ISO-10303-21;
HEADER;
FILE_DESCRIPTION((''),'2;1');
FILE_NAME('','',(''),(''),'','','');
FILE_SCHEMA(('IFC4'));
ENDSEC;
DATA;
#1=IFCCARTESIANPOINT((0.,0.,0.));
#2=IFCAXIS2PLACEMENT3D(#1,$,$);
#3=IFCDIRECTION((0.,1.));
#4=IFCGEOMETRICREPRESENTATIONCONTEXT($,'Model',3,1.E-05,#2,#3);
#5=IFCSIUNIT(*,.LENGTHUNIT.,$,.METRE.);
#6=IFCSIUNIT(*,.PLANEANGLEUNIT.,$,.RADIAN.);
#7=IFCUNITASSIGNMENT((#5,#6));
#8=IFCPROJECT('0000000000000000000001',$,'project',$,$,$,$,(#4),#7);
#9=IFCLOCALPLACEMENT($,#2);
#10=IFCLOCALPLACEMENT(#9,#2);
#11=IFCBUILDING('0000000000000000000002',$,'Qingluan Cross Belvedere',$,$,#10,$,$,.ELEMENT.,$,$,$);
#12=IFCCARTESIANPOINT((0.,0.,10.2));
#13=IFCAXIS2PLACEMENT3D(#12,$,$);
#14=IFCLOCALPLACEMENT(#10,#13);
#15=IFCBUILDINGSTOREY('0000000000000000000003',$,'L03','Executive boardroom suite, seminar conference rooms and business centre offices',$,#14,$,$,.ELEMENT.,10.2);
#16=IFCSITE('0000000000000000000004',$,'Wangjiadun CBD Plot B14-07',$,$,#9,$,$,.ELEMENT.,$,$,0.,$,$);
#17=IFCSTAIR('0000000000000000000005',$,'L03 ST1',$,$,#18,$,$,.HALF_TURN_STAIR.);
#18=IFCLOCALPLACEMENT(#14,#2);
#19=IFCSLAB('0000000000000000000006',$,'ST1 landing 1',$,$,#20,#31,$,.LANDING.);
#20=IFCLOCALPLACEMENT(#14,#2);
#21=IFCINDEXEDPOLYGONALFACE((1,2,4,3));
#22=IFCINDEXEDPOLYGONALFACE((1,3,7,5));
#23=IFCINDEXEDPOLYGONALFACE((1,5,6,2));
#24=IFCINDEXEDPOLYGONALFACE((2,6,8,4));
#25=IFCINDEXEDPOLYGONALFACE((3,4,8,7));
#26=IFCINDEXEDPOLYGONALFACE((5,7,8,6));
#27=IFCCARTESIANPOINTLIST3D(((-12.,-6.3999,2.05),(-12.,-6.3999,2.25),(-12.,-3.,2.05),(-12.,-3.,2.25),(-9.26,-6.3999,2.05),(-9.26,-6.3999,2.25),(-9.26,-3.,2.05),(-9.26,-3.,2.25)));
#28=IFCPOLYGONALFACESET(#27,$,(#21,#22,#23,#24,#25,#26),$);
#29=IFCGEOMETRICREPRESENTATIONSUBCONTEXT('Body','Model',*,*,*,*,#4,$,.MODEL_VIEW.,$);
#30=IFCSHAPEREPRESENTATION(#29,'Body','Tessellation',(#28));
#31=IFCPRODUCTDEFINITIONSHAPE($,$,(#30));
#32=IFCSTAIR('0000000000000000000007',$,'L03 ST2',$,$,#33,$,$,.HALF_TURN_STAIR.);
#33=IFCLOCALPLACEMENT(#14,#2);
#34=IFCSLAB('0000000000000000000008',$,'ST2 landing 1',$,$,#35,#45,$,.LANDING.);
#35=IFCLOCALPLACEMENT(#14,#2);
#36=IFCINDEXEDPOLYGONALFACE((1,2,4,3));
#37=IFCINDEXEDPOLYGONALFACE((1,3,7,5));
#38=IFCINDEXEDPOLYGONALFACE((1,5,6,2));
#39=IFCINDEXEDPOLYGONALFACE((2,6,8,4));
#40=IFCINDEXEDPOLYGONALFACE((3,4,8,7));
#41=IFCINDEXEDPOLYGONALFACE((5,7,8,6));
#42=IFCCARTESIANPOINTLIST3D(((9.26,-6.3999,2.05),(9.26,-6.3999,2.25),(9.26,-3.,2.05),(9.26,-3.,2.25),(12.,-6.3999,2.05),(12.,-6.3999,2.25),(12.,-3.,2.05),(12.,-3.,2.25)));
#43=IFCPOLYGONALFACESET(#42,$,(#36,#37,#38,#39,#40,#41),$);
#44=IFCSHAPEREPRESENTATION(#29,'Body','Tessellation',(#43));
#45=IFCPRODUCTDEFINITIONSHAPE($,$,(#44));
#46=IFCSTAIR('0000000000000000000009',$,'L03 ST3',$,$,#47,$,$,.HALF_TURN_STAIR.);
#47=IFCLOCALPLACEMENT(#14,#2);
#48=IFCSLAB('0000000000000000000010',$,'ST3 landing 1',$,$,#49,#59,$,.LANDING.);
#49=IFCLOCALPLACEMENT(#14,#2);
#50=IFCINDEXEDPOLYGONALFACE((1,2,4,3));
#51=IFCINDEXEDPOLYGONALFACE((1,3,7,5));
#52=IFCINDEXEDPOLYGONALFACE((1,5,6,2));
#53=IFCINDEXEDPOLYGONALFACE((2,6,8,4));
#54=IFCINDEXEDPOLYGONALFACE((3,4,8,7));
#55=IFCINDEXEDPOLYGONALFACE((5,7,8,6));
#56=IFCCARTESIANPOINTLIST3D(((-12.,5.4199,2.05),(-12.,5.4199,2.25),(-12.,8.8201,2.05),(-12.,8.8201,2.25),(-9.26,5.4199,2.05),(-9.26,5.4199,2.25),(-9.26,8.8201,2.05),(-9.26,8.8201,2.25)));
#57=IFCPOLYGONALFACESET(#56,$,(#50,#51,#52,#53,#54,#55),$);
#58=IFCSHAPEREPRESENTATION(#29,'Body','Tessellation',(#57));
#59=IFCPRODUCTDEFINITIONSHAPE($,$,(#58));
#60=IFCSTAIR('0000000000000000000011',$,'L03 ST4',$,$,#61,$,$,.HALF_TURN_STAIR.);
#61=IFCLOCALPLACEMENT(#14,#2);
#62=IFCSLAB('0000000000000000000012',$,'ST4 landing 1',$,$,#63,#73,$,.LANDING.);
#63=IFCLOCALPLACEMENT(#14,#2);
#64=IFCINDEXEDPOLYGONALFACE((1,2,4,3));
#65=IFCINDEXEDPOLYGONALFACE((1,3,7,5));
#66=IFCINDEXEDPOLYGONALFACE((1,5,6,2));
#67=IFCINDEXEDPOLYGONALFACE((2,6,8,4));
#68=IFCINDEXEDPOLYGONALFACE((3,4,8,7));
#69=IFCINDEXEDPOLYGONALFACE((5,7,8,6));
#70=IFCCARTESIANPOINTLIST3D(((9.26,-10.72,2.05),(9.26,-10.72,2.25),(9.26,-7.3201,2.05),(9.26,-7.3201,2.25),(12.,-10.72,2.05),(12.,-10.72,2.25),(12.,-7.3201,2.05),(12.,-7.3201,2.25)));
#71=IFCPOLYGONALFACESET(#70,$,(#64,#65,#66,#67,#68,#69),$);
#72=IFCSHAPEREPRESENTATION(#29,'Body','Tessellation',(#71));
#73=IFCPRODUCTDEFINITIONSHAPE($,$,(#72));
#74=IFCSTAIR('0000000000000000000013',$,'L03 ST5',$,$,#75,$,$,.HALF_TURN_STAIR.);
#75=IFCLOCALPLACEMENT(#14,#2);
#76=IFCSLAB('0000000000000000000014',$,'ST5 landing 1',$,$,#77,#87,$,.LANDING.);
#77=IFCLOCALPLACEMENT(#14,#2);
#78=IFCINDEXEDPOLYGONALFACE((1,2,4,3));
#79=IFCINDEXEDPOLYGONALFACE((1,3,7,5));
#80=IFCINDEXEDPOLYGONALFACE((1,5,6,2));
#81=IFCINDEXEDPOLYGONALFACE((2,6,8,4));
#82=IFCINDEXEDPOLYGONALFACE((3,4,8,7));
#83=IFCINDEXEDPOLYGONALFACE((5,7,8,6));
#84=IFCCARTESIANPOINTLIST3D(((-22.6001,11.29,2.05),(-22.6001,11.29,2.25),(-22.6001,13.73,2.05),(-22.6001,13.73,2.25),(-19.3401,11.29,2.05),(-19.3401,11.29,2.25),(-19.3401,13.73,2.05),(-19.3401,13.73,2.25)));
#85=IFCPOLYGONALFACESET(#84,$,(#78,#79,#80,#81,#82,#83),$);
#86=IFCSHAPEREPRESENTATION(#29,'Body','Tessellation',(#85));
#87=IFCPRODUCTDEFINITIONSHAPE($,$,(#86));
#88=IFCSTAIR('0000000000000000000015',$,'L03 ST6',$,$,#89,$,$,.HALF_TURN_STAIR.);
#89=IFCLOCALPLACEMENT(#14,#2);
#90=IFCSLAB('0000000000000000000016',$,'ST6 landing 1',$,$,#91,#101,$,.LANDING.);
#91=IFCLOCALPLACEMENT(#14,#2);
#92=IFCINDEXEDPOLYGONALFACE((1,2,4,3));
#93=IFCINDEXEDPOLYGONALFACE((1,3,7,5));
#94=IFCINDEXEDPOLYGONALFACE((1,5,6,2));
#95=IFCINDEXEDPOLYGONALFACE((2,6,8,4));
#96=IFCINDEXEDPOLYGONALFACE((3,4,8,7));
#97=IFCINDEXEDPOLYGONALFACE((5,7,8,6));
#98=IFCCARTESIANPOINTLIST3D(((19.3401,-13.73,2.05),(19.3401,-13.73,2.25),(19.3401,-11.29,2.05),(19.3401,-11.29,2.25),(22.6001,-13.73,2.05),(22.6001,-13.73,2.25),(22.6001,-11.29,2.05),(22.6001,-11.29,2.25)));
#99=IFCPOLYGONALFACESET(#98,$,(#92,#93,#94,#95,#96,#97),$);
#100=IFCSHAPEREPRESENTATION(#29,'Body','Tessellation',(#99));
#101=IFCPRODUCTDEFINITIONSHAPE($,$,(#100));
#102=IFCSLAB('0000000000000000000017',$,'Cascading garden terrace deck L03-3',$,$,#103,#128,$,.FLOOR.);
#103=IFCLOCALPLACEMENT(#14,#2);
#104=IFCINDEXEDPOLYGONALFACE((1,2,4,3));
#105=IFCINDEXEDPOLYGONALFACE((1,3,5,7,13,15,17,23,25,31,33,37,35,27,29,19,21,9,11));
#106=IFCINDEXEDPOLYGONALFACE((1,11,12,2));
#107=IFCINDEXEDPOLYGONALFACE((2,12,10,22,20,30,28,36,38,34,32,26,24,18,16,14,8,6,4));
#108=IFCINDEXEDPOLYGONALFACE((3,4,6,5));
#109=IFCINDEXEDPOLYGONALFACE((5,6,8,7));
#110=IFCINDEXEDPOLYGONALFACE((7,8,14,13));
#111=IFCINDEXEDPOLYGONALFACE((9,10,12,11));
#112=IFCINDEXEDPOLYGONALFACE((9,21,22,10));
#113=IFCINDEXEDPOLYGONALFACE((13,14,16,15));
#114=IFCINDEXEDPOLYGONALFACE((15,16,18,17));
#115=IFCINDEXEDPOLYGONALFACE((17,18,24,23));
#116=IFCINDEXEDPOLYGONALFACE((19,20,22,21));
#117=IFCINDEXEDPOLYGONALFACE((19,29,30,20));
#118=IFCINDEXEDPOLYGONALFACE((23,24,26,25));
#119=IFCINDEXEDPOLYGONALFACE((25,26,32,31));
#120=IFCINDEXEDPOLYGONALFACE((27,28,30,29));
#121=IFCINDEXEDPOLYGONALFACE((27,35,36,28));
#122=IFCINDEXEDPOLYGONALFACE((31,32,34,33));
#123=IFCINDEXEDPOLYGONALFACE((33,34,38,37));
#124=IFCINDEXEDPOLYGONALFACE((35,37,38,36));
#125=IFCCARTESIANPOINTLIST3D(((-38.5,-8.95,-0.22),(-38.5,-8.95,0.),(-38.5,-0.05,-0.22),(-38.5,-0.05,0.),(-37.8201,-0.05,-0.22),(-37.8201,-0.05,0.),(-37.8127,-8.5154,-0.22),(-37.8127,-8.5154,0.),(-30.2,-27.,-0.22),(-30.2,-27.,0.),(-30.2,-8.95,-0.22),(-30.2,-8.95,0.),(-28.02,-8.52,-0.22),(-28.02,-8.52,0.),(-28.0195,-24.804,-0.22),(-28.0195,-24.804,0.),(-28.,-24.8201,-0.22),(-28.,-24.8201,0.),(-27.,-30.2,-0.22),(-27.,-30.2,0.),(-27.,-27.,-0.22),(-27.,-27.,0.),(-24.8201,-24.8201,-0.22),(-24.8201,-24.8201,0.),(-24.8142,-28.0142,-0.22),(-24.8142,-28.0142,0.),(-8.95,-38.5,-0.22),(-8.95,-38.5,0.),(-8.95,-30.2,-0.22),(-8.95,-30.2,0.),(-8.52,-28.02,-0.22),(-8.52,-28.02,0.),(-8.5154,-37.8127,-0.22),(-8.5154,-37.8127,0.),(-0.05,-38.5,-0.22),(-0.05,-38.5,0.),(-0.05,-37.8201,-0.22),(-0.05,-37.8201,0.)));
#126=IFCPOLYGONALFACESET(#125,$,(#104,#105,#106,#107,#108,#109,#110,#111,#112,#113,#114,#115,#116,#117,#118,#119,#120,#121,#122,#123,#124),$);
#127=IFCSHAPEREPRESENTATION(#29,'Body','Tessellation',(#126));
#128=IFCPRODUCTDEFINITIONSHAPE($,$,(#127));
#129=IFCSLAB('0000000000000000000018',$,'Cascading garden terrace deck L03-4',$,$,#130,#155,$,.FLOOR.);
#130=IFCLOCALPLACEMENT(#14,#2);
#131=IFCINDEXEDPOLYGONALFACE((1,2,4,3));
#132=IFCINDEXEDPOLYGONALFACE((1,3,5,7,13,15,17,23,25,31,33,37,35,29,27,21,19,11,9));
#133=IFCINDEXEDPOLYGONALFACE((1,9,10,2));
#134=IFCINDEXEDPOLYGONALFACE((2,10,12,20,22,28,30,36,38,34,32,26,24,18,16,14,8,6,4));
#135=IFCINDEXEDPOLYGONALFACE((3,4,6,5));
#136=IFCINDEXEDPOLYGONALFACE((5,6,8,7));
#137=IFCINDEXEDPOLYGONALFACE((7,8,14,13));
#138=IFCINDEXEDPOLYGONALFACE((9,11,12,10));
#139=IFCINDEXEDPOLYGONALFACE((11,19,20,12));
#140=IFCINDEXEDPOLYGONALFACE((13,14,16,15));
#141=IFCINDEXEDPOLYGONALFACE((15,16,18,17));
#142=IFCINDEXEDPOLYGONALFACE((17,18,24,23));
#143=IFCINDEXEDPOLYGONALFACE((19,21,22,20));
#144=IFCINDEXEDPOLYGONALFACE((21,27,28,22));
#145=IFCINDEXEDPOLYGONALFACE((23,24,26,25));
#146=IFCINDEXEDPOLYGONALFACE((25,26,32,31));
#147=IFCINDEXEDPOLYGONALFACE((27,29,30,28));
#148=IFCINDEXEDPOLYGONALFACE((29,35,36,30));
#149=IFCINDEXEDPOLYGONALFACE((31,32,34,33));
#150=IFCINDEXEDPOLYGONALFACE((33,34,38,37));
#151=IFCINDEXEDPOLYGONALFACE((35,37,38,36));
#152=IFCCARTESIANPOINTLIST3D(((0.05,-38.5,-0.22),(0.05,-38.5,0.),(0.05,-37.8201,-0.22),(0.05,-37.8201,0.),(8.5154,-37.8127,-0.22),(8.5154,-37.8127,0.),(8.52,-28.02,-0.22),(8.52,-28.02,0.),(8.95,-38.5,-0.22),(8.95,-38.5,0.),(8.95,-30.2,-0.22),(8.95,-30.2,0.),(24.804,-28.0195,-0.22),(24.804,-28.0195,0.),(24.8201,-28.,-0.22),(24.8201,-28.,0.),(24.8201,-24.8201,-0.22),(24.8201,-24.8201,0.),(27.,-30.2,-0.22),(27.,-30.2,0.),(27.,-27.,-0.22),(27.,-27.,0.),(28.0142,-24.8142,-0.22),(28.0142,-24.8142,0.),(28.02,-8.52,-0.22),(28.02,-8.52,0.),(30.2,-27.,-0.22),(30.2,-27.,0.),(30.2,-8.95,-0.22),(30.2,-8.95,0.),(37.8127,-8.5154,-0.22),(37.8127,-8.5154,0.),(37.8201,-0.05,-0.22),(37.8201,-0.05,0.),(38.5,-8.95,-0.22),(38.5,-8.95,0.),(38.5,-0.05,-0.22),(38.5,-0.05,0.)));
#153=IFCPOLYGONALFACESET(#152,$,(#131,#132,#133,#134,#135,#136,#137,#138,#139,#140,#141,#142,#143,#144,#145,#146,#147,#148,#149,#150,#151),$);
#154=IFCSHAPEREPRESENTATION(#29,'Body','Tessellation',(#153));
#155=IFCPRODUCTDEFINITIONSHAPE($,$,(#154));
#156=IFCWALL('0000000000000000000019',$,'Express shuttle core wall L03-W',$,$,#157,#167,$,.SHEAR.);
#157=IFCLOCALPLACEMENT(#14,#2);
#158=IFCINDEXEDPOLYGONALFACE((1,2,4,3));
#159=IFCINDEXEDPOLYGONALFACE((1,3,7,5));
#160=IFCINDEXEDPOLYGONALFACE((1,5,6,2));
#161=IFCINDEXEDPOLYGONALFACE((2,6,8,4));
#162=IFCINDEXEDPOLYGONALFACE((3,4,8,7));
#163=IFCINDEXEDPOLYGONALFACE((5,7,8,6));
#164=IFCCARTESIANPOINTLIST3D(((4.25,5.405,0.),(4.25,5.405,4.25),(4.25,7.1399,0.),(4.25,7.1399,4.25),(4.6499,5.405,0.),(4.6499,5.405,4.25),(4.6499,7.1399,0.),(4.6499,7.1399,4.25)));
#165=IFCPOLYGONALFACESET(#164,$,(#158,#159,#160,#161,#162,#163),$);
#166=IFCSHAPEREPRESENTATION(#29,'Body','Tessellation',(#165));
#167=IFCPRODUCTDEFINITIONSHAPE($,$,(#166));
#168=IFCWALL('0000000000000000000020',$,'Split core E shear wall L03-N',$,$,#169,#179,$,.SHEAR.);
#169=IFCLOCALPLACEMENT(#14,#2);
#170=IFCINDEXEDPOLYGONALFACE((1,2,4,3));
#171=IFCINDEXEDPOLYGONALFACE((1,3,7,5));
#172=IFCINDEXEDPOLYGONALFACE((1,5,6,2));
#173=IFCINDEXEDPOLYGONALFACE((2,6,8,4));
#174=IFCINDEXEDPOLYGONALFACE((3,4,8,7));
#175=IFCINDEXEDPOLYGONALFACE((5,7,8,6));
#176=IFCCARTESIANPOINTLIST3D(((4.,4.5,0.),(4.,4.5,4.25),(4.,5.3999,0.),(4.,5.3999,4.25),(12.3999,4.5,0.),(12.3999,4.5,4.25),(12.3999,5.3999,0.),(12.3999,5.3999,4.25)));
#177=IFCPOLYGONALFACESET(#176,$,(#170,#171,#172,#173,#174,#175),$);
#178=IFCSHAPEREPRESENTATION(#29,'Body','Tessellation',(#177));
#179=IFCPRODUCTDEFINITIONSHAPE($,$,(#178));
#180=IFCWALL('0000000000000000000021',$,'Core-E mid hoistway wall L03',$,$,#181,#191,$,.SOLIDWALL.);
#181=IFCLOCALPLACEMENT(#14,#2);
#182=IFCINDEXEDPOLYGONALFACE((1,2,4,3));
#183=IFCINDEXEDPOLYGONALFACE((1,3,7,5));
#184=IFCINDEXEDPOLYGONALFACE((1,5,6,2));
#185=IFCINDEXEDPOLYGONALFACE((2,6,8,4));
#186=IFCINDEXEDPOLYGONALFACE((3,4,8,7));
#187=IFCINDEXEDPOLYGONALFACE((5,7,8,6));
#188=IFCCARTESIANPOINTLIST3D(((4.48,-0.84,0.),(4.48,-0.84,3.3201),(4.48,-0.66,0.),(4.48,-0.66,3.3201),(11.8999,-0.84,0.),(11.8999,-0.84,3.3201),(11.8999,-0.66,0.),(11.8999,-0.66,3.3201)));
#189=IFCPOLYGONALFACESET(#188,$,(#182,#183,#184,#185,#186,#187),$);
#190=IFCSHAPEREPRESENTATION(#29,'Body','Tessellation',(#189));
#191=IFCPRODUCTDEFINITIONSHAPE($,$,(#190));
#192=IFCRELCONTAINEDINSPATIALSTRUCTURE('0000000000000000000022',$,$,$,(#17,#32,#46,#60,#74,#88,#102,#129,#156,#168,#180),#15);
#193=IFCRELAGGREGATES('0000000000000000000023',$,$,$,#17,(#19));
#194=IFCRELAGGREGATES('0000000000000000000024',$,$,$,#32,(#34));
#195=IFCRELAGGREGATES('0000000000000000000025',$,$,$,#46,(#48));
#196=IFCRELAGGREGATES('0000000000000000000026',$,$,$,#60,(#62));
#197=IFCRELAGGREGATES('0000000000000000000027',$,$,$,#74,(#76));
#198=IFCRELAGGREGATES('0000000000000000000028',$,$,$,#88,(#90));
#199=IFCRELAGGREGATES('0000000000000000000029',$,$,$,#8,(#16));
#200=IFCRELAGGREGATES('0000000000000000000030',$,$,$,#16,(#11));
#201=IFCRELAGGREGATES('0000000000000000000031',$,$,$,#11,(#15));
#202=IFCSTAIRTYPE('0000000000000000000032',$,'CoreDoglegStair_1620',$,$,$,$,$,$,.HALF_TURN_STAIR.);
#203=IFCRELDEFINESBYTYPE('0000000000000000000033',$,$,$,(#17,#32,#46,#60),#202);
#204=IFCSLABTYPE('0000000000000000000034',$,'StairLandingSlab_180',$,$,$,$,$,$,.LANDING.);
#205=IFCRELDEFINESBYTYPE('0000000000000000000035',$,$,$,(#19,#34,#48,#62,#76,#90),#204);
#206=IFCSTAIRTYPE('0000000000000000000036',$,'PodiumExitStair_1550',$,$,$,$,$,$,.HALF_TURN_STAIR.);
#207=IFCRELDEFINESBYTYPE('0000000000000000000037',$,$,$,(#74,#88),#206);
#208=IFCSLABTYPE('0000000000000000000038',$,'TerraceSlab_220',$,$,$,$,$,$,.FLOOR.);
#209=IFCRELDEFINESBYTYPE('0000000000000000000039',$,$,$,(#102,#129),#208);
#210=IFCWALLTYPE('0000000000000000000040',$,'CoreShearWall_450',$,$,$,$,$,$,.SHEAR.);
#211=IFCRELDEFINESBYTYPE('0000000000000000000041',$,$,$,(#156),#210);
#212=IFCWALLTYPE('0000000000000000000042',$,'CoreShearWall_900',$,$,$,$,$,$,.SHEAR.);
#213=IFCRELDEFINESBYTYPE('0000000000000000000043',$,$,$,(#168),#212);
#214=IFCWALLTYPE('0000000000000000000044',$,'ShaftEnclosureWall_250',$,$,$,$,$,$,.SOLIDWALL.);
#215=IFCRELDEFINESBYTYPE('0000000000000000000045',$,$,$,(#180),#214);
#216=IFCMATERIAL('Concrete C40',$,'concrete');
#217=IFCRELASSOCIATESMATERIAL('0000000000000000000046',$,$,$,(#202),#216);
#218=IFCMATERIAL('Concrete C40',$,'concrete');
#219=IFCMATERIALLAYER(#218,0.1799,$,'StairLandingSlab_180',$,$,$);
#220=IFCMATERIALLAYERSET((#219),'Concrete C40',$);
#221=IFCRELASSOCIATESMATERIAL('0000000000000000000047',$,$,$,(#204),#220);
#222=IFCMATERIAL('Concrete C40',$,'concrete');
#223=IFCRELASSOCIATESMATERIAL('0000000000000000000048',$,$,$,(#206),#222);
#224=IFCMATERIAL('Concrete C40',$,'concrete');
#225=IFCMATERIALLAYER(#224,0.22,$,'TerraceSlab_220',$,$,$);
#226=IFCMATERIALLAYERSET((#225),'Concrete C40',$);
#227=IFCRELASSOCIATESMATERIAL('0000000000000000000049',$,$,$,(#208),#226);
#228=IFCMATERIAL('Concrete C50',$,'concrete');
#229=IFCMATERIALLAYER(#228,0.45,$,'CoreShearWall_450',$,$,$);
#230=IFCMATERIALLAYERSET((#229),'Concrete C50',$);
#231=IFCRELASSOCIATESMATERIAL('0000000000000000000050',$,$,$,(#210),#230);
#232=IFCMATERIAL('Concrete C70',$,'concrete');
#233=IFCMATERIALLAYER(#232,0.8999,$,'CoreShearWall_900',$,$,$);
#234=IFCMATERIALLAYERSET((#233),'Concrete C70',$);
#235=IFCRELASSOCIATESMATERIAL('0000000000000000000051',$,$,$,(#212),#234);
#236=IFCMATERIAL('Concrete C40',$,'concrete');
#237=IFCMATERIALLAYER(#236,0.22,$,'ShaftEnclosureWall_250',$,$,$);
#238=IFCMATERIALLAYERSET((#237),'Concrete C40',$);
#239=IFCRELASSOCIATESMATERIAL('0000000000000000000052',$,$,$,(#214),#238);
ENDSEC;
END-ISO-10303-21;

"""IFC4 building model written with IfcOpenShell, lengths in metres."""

from ifc_helpers import new_model, si_unit, direction, frame, frame_2d, origin, place, context, subcontext, project, spatial, polyline, rectangle, outline, extrude, material, layer, layer_set, type_object, element, aggregate, save


model = new_model("IFC4")

# Units and contexts
model_context = context("Model", 3, precision=1e-05, world=origin(), true_north=direction((0.0, 1.0)))
body_context = subcontext(model_context, "Body", "Model", "MODEL_VIEW")
ifc_project = project(units=[si_unit("LENGTHUNIT", "METRE"), si_unit("PLANEANGLEUNIT", "RADIAN")], contexts=[model_context])

# Site, building, storey
site_placement = place(None, origin())
site = spatial("IfcSite", under=ifc_project, at=site_placement, Name="Wangjiadun CBD Plot B14-07", CompositionType="ELEMENT", RefElevation=0.0)
building_placement = place(site_placement, origin())
building = spatial("IfcBuilding", under=site, at=building_placement, Name="Qingluan Cross Belvedere", CompositionType="ELEMENT")
storey_placement = place(building_placement, frame((0.0, 0.0, 10.2)))
storey = spatial("IfcBuildingStorey", under=building, at=storey_placement, Name="L03", Description="Executive boardroom suite, seminar conference rooms and business centre offices", CompositionType="ELEMENT", Elevation=10.2)

# Stairs, slabs
ifc_material_1 = material(Name="Concrete C40", Category="concrete")
stair_type_1 = type_object("IfcStairType", Name="CoreDoglegStair_1620", PredefinedType="HALF_TURN_STAIR", material=ifc_material_1)
stair_1_placement = place(storey_placement, origin())
stair_1 = element("IfcStair", 1, at=stair_1_placement, inside=storey, type_object=stair_type_1, Name="L03 ST1", PredefinedType="HALF_TURN_STAIR")
ifc_material_2 = material(Name="Concrete C40", Category="concrete")
ifc_layer_1 = layer(ifc_material_2, 0.1799, Name="StairLandingSlab_180")
ifc_layer_set_1 = layer_set([ifc_layer_1], Name="Concrete C40")
slab_type_1 = type_object("IfcSlabType", Name="StairLandingSlab_180", PredefinedType="LANDING", material=ifc_layer_set_1)
slab_1_placement = place(storey_placement, frame((0.0, 0.0, 2.05)))
slab_1 = element("IfcSlab", 2, at=slab_1_placement, type_object=slab_type_1, Name="ST1 landing 1", PredefinedType="LANDING", context=body_context, shape_type="SweptSolid", body=[
    extrude(outline(polyline([(-9.26, -3.0), (-12.0, -3.0), (-12.0, -6.3999), (-9.26, -6.3999), (-9.26, -3.0)])), origin(), (0.0, 0.0, 1.0), 0.2),
])
aggregate(stair_1, [slab_1])
stair_2_placement = place(storey_placement, origin())
stair_2 = element("IfcStair", 3, at=stair_2_placement, inside=storey, type_object=stair_type_1, Name="L03 ST2", PredefinedType="HALF_TURN_STAIR")
slab_2_placement = place(storey_placement, frame((0.0, 0.0, 2.05)))
slab_2 = element("IfcSlab", 4, at=slab_2_placement, type_object=slab_type_1, Name="ST2 landing 1", PredefinedType="LANDING", context=body_context, shape_type="SweptSolid", body=[
    extrude(outline(polyline([(9.26, -6.3999), (12.0, -6.3999), (12.0, -3.0), (9.26, -3.0), (9.26, -6.3999)])), origin(), (0.0, 0.0, 1.0), 0.2),
])
aggregate(stair_2, [slab_2])
stair_3_placement = place(storey_placement, origin())
stair_3 = element("IfcStair", 5, at=stair_3_placement, inside=storey, type_object=stair_type_1, Name="L03 ST3", PredefinedType="HALF_TURN_STAIR")
slab_3_placement = place(storey_placement, frame((0.0, 0.0, 2.05)))
slab_3 = element("IfcSlab", 6, at=slab_3_placement, type_object=slab_type_1, Name="ST3 landing 1", PredefinedType="LANDING", context=body_context, shape_type="SweptSolid", body=[
    extrude(outline(polyline([(-9.26, 8.8201), (-12.0, 8.8201), (-12.0, 5.4199), (-9.26, 5.4199), (-9.26, 8.8201)])), origin(), (0.0, 0.0, 1.0), 0.2),
])
aggregate(stair_3, [slab_3])
stair_4_placement = place(storey_placement, origin())
stair_4 = element("IfcStair", 7, at=stair_4_placement, inside=storey, type_object=stair_type_1, Name="L03 ST4", PredefinedType="HALF_TURN_STAIR")
slab_4_placement = place(storey_placement, frame((0.0, 0.0, 2.05)))
slab_4 = element("IfcSlab", 8, at=slab_4_placement, type_object=slab_type_1, Name="ST4 landing 1", PredefinedType="LANDING", context=body_context, shape_type="SweptSolid", body=[
    extrude(outline(polyline([(9.26, -10.72), (12.0, -10.72), (12.0, -7.3201), (9.26, -7.3201), (9.26, -10.72)])), origin(), (0.0, 0.0, 1.0), 0.2),
])
aggregate(stair_4, [slab_4])
ifc_material_3 = material(Name="Concrete C40", Category="concrete")
stair_type_2 = type_object("IfcStairType", Name="PodiumExitStair_1550", PredefinedType="HALF_TURN_STAIR", material=ifc_material_3)
stair_5_placement = place(storey_placement, origin())
stair_5 = element("IfcStair", 9, at=stair_5_placement, inside=storey, type_object=stair_type_2, Name="L03 ST5", PredefinedType="HALF_TURN_STAIR")
slab_5_placement = place(storey_placement, frame((0.0, 0.0, 2.05)))
slab_5 = element("IfcSlab", 10, at=slab_5_placement, type_object=slab_type_1, Name="ST5 landing 1", PredefinedType="LANDING", context=body_context, shape_type="SweptSolid", body=[
    extrude(outline(polyline([(-19.3401, 11.29), (-19.3401, 13.73), (-22.6001, 13.73), (-22.6001, 11.29), (-19.3401, 11.29)])), origin(), (0.0, 0.0, 1.0), 0.2),
])
aggregate(stair_5, [slab_5])
stair_6_placement = place(storey_placement, origin())
stair_6 = element("IfcStair", 11, at=stair_6_placement, inside=storey, type_object=stair_type_2, Name="L03 ST6", PredefinedType="HALF_TURN_STAIR")
slab_6_placement = place(storey_placement, frame((0.0, 0.0, 2.05)))
slab_6 = element("IfcSlab", 12, at=slab_6_placement, type_object=slab_type_1, Name="ST6 landing 1", PredefinedType="LANDING", context=body_context, shape_type="SweptSolid", body=[
    extrude(outline(polyline([(19.3401, -11.29), (19.3401, -13.73), (22.6001, -13.73), (22.6001, -11.29), (19.3401, -11.29)])), origin(), (0.0, 0.0, 1.0), 0.2),
])
aggregate(stair_6, [slab_6])

# Slabs
ifc_material_4 = material(Name="Concrete C40", Category="concrete")
ifc_layer_2 = layer(ifc_material_4, 0.22, Name="TerraceSlab_220")
ifc_layer_set_2 = layer_set([ifc_layer_2], Name="Concrete C40")
slab_type_2 = type_object("IfcSlabType", Name="TerraceSlab_220", PredefinedType="FLOOR", material=ifc_layer_set_2)
slab_7_placement = place(storey_placement, frame((0.0, 0.0, -0.22)))
element("IfcSlab", 13, at=slab_7_placement, inside=storey, type_object=slab_type_2, Name="Cascading garden terrace deck L03-3", PredefinedType="FLOOR", context=body_context, shape_type="SweptSolid", body=[
    extrude(outline(polyline([(-0.05, -38.5), (-0.05, -37.8201), (-8.5154, -37.8127), (-8.52, -28.02), (-24.8142, -28.0142), (-24.8201, -24.8201), (-28.0, -24.8201), (-28.0195, -24.804), (-28.02, -8.52), (-37.8127, -8.5154), (-37.8201, -0.05), (-38.5, -0.05), (-38.5, -8.95), (-30.2, -8.95), (-30.2, -27.0), (-27.0, -27.0), (-27.0, -30.2), (-8.95, -30.2), (-8.95, -38.5), (-0.05, -38.5)])), origin(), (0.0, 0.0, 1.0), 0.22),
])
slab_8_placement = place(storey_placement, frame((0.0, 0.0, -0.22)))
element("IfcSlab", 14, at=slab_8_placement, inside=storey, type_object=slab_type_2, Name="Cascading garden terrace deck L03-4", PredefinedType="FLOOR", context=body_context, shape_type="SweptSolid", body=[
    extrude(outline(polyline([(8.95, -38.5), (8.95, -30.2), (27.0, -30.2), (27.0, -27.0), (30.2, -27.0), (30.2, -8.95), (38.5, -8.95), (38.5, -0.05), (37.8201, -0.05), (37.8127, -8.5154), (28.02, -8.52), (28.0142, -24.8142), (24.8201, -24.8201), (24.8201, -28.0), (24.804, -28.0195), (8.52, -28.02), (8.5154, -37.8127), (0.05, -37.8201), (0.05, -38.5), (8.95, -38.5)])), origin(), (0.0, 0.0, 1.0), 0.22),
])

# Walls
ifc_material_5 = material(Name="Concrete C50", Category="concrete")
ifc_layer_3 = layer(ifc_material_5, 0.45, Name="CoreShearWall_450")
ifc_layer_set_3 = layer_set([ifc_layer_3], Name="Concrete C50")
wall_type_1 = type_object("IfcWallType", Name="CoreShearWall_450", PredefinedType="SHEAR", material=ifc_layer_set_3)
wall_1_placement = place(storey_placement, frame((4.45, 5.405, 0.0), z_axis=(0.0, 0.0, 1.0), x_axis=(0.0, 1.0, 0.0)))
element("IfcWall", 15, at=wall_1_placement, inside=storey, type_object=wall_type_1, Name="Express shuttle core wall L03-W", PredefinedType="SHEAR", context=body_context, shape_type="SweptSolid", body=[
    extrude(rectangle(XDim=1.7349, YDim=0.3999, at=frame_2d((0.8674, 0.0))), origin(), (0.0, 0.0, 1.0), 4.25),
])
ifc_material_6 = material(Name="Concrete C70", Category="concrete")
ifc_layer_4 = layer(ifc_material_6, 0.8999, Name="CoreShearWall_900")
ifc_layer_set_4 = layer_set([ifc_layer_4], Name="Concrete C70")
wall_type_2 = type_object("IfcWallType", Name="CoreShearWall_900", PredefinedType="SHEAR", material=ifc_layer_set_4)
wall_2_placement = place(storey_placement, frame((4.0, 4.95, 0.0), z_axis=(0.0, 0.0, 1.0), x_axis=(1.0, 0.0, 0.0)))
element("IfcWall", 16, at=wall_2_placement, inside=storey, type_object=wall_type_2, Name="Split core E shear wall L03-N", PredefinedType="SHEAR", context=body_context, shape_type="SweptSolid", body=[
    extrude(rectangle(XDim=8.3999, YDim=0.8999, at=frame_2d((4.2, 0.0))), origin(), (0.0, 0.0, 1.0), 4.25),
])

# Shared definitions
ifc_material_7 = material(Name="Concrete C40", Category="concrete")
ifc_layer_5 = layer(ifc_material_7, 0.22, Name="ShaftEnclosureWall_250")
ifc_layer_set_5 = layer_set([ifc_layer_5], Name="Concrete C40")
wall_type_3 = type_object("IfcWallType", Name="ShaftEnclosureWall_250", PredefinedType="SOLIDWALL", material=ifc_layer_set_5)

# Wall
wall_3_placement = place(storey_placement, frame((4.48, -0.75, 0.0), z_axis=(0.0, 0.0, 1.0), x_axis=(1.0, 0.0, 0.0)))
element("IfcWall", 17, at=wall_3_placement, inside=storey, type_object=wall_type_3, Name="Core-E mid hoistway wall L03", PredefinedType="SOLIDWALL", context=body_context, shape_type="SweptSolid", body=[
    extrude(rectangle(XDim=7.4199, YDim=0.1799, at=frame_2d((3.71, 0.0))), origin(), (0.0, 0.0, 1.0), 3.3201),
])

save(model, "model.ifc")
